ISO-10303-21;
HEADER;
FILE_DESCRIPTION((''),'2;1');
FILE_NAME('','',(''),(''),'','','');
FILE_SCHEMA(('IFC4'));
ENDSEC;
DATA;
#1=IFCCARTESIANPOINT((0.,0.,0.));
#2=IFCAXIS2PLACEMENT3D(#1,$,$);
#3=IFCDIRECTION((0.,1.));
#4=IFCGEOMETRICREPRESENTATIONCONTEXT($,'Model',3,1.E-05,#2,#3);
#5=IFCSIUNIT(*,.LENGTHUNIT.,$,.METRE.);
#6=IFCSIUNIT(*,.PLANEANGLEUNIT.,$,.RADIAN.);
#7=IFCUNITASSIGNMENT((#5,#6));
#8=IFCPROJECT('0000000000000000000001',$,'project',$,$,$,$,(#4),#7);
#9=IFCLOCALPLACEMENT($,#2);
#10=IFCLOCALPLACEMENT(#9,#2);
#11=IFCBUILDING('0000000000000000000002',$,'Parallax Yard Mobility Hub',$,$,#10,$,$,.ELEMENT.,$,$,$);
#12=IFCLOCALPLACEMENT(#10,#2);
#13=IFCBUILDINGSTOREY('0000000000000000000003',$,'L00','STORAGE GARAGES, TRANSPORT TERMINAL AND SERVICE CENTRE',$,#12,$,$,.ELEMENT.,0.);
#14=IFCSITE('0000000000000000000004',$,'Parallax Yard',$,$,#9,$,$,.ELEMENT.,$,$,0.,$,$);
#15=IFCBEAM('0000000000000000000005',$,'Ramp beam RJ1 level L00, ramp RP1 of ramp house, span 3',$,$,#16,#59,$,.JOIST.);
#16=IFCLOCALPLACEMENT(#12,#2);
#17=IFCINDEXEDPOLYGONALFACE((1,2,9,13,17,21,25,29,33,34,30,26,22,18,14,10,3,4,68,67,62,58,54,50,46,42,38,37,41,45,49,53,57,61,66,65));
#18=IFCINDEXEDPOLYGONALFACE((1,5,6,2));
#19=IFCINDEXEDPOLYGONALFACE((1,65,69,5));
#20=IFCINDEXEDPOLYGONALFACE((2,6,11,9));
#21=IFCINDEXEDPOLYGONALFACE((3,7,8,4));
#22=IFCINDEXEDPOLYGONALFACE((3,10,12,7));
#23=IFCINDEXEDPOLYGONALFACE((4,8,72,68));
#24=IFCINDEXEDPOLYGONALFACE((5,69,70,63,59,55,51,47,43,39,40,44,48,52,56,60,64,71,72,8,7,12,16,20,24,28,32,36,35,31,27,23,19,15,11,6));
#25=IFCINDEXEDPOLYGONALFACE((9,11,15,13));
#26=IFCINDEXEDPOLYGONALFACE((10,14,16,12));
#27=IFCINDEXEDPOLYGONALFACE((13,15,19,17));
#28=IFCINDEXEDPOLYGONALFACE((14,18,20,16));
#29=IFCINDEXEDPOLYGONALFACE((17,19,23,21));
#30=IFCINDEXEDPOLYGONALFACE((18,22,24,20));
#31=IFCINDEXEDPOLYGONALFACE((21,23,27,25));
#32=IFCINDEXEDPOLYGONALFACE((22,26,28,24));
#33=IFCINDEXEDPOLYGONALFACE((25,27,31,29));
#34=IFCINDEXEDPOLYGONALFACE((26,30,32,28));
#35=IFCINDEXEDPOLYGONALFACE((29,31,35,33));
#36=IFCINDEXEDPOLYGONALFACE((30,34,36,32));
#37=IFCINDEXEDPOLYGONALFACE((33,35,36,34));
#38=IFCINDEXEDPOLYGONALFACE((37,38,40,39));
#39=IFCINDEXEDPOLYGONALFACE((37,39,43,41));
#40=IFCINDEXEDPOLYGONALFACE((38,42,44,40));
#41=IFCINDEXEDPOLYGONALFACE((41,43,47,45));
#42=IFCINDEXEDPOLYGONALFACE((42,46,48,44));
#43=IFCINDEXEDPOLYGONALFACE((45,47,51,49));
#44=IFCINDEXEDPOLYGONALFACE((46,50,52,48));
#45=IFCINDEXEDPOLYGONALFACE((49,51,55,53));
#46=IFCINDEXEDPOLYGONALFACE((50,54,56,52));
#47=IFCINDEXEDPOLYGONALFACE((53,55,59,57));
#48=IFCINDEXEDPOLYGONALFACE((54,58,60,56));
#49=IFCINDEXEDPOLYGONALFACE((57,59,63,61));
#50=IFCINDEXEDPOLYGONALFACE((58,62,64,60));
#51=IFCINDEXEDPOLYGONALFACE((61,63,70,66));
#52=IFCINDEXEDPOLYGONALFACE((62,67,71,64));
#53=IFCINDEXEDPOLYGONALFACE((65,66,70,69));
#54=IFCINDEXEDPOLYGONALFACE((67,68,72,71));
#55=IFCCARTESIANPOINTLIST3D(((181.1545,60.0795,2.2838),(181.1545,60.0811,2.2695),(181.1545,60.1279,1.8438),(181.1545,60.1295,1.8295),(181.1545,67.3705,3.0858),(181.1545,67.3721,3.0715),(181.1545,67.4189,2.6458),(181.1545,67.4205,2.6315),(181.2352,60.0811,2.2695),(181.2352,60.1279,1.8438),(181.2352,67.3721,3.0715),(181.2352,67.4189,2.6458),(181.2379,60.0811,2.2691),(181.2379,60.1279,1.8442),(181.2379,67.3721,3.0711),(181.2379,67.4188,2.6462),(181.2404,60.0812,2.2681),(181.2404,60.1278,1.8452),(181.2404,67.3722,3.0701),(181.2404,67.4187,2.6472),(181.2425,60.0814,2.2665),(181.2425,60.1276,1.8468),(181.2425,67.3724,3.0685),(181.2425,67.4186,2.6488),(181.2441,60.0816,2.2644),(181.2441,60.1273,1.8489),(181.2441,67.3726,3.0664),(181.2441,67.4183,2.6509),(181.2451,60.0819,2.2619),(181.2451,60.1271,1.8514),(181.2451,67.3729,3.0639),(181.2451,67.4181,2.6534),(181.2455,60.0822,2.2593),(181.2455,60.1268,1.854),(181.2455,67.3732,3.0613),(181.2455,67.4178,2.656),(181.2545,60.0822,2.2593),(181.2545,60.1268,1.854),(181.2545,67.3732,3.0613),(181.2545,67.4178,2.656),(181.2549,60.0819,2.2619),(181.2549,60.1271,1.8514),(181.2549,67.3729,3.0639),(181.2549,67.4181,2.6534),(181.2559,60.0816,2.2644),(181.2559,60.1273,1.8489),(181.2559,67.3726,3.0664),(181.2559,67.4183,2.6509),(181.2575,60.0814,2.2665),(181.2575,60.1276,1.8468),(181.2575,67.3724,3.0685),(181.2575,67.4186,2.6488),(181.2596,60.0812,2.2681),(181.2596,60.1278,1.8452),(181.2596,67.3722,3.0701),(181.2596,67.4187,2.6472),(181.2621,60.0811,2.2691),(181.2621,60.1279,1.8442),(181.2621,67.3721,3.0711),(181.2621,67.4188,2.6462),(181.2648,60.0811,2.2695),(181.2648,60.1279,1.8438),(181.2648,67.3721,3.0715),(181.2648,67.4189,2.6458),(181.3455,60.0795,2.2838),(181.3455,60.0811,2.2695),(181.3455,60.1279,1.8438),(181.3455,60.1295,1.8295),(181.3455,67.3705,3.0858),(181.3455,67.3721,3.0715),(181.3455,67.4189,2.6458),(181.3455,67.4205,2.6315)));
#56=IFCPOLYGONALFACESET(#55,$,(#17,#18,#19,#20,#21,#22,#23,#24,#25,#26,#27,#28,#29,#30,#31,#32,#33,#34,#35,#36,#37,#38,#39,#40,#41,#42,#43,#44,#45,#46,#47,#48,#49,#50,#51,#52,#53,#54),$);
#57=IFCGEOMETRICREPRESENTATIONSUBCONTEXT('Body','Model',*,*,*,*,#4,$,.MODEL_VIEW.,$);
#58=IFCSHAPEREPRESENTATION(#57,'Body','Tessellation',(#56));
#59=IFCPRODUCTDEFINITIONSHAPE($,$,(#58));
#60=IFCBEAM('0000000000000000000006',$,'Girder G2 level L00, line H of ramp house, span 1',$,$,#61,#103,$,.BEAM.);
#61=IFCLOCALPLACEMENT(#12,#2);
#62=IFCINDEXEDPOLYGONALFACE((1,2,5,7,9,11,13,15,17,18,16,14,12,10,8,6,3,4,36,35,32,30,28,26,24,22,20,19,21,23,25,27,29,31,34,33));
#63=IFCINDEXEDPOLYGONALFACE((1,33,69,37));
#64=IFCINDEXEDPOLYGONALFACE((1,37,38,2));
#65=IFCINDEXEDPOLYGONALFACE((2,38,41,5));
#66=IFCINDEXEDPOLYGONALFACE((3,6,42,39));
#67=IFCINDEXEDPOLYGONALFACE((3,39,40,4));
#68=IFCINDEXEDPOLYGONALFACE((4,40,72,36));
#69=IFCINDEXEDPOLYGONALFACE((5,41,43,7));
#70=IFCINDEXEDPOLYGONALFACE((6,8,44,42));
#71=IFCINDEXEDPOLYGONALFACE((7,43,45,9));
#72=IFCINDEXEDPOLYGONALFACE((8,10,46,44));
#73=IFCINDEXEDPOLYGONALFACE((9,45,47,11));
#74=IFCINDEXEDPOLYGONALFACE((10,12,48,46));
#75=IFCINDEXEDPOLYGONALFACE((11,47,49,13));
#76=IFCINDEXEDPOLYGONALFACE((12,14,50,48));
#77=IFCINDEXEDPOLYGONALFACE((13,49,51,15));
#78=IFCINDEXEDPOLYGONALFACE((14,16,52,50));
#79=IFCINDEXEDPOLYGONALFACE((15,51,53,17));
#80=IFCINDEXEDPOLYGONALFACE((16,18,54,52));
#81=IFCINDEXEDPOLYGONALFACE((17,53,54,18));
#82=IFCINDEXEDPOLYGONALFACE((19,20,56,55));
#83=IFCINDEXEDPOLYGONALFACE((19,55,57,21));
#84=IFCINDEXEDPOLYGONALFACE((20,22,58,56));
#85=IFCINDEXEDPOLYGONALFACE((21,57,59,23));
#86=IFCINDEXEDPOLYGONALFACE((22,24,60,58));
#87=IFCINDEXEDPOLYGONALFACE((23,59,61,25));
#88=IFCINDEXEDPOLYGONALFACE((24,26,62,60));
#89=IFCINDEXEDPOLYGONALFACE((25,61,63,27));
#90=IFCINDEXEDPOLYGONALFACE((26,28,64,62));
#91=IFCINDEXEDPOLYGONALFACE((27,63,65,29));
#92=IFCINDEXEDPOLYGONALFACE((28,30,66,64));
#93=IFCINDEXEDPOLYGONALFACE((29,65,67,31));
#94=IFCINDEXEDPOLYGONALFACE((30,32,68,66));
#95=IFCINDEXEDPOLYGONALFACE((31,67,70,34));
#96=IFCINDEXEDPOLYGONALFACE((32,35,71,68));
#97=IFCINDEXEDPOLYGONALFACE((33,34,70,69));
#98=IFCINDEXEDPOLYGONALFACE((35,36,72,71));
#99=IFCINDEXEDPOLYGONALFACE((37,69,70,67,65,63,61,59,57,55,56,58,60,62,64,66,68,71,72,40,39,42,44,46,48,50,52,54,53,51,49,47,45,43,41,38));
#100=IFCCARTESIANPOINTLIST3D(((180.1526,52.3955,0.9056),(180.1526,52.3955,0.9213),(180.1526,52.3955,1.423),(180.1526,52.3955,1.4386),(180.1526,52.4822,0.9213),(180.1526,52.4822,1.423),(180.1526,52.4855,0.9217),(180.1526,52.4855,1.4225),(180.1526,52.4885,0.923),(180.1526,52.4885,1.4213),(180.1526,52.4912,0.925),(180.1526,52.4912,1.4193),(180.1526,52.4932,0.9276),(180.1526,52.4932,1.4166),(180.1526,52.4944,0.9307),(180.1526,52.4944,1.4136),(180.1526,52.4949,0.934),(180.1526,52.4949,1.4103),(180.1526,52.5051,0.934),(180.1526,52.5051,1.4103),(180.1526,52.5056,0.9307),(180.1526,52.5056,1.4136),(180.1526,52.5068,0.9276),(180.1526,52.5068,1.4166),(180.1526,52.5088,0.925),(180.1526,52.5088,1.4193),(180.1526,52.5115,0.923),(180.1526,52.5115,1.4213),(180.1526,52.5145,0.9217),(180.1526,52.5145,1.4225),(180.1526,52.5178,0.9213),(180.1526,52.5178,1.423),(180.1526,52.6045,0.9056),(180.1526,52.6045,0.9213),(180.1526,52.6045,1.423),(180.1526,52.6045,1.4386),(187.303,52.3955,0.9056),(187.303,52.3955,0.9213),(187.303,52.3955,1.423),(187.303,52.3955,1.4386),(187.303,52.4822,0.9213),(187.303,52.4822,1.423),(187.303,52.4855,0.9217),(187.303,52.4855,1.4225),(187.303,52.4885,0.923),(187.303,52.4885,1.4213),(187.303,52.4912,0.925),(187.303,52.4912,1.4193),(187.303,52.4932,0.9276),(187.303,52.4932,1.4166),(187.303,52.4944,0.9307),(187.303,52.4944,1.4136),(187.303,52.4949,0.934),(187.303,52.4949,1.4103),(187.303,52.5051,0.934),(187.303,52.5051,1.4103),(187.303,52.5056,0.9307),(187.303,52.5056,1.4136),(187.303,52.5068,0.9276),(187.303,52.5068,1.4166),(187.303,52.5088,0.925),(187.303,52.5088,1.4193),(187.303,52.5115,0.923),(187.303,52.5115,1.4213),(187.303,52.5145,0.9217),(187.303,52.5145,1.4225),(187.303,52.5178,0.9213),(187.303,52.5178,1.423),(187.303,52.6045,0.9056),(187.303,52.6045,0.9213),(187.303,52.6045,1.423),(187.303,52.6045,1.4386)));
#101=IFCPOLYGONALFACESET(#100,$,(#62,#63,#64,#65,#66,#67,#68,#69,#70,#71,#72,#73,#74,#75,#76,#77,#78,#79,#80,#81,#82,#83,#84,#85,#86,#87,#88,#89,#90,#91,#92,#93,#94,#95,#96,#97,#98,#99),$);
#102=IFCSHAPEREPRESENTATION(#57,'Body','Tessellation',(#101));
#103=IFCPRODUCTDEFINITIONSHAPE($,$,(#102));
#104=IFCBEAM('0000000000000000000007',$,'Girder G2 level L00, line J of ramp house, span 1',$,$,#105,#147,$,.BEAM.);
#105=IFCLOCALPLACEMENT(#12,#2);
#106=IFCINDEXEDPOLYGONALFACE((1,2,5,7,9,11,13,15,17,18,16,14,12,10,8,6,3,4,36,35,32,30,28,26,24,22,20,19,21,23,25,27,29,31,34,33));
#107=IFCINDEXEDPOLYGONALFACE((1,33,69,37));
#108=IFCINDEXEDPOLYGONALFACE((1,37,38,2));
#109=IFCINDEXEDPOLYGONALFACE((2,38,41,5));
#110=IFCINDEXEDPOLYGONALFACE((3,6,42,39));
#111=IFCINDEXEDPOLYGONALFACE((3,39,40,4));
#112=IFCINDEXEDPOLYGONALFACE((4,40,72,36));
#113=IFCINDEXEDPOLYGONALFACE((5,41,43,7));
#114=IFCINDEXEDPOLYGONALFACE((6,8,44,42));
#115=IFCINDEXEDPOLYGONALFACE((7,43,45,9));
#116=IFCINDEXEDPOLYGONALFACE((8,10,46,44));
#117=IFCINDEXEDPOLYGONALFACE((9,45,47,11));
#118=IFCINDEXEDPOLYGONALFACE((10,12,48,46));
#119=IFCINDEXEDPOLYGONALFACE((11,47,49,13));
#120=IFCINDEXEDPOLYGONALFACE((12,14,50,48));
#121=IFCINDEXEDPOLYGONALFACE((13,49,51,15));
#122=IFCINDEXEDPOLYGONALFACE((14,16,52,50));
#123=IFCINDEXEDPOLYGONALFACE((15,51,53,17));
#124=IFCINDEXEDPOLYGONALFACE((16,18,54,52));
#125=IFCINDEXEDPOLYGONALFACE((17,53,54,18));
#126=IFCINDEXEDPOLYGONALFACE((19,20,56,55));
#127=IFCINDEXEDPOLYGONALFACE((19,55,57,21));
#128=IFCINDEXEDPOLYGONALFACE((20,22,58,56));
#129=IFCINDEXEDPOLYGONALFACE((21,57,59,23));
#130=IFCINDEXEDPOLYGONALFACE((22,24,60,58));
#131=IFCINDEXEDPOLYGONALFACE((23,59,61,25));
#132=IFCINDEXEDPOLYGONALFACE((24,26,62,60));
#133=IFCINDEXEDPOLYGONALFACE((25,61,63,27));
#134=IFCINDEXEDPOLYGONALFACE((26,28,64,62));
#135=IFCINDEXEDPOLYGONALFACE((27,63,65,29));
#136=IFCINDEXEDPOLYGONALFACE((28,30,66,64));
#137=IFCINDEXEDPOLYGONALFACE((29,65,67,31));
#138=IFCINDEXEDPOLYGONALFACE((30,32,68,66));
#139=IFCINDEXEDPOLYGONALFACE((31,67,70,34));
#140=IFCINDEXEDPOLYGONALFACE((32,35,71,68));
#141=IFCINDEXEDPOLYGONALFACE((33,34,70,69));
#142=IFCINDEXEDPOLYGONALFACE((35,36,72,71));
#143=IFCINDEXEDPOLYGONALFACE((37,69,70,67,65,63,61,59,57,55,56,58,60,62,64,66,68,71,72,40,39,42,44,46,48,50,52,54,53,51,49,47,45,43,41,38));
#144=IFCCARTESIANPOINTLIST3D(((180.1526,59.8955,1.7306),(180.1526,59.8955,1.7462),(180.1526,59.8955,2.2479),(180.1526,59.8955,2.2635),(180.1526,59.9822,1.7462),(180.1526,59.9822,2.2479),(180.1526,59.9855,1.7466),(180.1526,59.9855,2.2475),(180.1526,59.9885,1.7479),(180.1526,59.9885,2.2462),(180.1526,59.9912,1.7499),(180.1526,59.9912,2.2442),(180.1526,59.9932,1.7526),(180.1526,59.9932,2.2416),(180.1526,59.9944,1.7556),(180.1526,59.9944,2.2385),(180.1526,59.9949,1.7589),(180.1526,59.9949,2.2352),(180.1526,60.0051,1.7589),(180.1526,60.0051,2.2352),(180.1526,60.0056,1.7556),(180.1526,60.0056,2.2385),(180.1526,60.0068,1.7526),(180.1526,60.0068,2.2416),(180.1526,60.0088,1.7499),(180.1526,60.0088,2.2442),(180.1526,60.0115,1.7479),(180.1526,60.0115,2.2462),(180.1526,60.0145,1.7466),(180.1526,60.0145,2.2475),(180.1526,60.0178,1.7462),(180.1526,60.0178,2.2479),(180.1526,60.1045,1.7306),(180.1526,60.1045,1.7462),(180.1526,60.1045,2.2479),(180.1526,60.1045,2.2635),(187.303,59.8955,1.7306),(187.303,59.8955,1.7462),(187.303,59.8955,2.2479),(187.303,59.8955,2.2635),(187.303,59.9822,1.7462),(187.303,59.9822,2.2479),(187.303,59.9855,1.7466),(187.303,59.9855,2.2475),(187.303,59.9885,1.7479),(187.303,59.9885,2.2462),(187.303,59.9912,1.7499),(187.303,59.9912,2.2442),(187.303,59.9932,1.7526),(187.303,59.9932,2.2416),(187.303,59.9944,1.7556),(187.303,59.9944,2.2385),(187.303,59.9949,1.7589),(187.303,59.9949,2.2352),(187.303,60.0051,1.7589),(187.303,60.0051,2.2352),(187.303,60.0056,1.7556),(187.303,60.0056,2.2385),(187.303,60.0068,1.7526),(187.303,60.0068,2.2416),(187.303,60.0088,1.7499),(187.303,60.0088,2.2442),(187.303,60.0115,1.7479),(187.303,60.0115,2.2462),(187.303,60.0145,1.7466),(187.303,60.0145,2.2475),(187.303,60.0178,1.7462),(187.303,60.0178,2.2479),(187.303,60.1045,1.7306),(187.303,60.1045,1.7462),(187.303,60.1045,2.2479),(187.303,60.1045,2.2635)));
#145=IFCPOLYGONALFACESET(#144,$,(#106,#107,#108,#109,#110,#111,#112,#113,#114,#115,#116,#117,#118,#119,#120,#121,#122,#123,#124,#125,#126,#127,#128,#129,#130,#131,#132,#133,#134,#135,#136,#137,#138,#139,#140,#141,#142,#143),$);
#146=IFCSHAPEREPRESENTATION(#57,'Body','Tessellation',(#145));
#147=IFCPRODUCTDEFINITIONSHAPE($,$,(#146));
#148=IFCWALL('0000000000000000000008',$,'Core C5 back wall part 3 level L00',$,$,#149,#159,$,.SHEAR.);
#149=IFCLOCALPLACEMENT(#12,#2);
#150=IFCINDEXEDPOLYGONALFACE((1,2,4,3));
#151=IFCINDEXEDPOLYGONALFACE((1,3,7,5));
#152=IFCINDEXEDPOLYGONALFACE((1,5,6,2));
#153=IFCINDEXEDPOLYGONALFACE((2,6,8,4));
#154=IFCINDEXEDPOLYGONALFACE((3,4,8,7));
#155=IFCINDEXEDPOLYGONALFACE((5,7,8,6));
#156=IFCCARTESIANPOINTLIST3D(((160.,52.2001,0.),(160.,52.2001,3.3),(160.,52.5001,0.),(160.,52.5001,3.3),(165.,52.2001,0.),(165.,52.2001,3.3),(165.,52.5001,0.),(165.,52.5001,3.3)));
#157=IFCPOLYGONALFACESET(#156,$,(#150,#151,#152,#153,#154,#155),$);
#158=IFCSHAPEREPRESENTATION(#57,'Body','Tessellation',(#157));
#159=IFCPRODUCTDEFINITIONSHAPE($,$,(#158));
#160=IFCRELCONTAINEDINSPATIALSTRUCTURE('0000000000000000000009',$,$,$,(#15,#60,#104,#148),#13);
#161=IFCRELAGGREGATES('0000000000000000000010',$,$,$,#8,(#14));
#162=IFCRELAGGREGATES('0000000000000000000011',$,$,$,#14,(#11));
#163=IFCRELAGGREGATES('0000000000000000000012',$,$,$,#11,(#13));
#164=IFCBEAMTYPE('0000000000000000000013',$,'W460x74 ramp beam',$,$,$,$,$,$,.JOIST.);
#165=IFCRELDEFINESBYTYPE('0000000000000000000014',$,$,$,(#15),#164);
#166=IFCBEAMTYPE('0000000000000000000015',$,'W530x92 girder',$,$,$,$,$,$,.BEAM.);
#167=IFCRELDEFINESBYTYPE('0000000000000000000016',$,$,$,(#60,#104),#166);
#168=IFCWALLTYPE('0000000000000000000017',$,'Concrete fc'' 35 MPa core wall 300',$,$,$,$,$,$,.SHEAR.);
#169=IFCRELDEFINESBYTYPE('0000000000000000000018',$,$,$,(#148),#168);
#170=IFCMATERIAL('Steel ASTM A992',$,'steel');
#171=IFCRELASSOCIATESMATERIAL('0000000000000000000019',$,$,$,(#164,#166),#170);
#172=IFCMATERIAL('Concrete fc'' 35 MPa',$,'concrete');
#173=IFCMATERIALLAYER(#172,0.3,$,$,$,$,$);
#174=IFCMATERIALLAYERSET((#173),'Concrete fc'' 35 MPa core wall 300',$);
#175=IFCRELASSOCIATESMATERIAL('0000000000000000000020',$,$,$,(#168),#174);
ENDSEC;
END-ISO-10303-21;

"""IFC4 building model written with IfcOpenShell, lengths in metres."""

from ifc_helpers import new_model, si_unit, direction, frame, frame_2d, origin, origin_2d, place, context, subcontext, project, spatial, rectangle, i_section, extrude, material, layer, layer_set, material_profile, profile_set, type_object, element, save


model = new_model("IFC4")

# Units and contexts
model_context = context("Model", 3, precision=1e-05, world=origin(), true_north=direction((0.0, 1.0)))
body_context = subcontext(model_context, "Body", "Model", "MODEL_VIEW")
ifc_project = project(units=[si_unit("LENGTHUNIT", "METRE"), si_unit("PLANEANGLEUNIT", "RADIAN")], contexts=[model_context])

# Site, building, storey
site_placement = place(None, origin())
site = spatial("IfcSite", under=ifc_project, at=site_placement, Name="Parallax Yard", CompositionType="ELEMENT", RefElevation=0.0)
building_placement = place(site_placement, origin())
building = spatial("IfcBuilding", under=site, at=building_placement, Name="Parallax Yard Mobility Hub", CompositionType="ELEMENT")
storey_placement = place(building_placement, origin())
storey = spatial("IfcBuildingStorey", under=building, at=storey_placement, Name="L00", Description="STORAGE GARAGES, TRANSPORT TERMINAL AND SERVICE CENTRE", CompositionType="ELEMENT", Elevation=0.0)

# Shared definitions
ifc_material_1 = material(Name="Steel ASTM A992", Category="steel")

# Beams
ifc_material_profile_1 = material_profile(ifc_material_1, i_section(OverallWidth=0.1909, OverallDepth=0.457, WebThickness=0.009, FlangeThickness=0.0144, FilletRadius=0.0103, at=origin_2d()), Name="W460x74")
ifc_profile_set_1 = profile_set([ifc_material_profile_1], Name="Steel ASTM A992")
beam_type_1 = type_object("IfcBeamType", Name="W460x74 ramp beam", PredefinedType="JOIST", material=ifc_profile_set_1)
for number, where, z_axis, x_axis, name in (
    (1, (181.25, 60.1045, 2.0566), (0.0, 0.994005, 0.109339), (-1.0, 0.0, 0.0), "Ramp beam RJ1 level L00, ramp RP1 of ramp house, span 3"),
):
    element("IfcBeam", number, at=place(storey_placement, frame(where, z_axis=z_axis, x_axis=x_axis)), inside=storey, type_object=beam_type_1, Name=name, PredefinedType="JOIST", context=body_context, shape_type="SweptSolid", body=[
        extrude(i_section(OverallWidth=0.1909, OverallDepth=0.457, WebThickness=0.009, FlangeThickness=0.0144, FilletRadius=0.0103, at=origin_2d()), origin(), (0.0, 0.0, 1.0), 7.335),
    ])
ifc_material_profile_2 = material_profile(ifc_material_1, i_section(OverallWidth=0.209, OverallDepth=0.533, WebThickness=0.0103, FlangeThickness=0.0156, FilletRadius=0.0127, at=origin_2d()), Name="W530x92")
ifc_profile_set_2 = profile_set([ifc_material_profile_2], Name="Steel ASTM A992")
beam_type_2 = type_object("IfcBeamType", Name="W530x92 girder", PredefinedType="BEAM", material=ifc_profile_set_2)
for number, where, z_axis, x_axis, name in (
    (2, (180.1526, 52.5, 1.1721), (1.0, 0.0, 0.0), (0.0, 1.0, 0.0), "Girder G2 level L00, line H of ramp house, span 1"),
    (3, (180.1526, 60.0, 1.9971), (1.0, 0.0, 0.0), (0.0, 1.0, 0.0), "Girder G2 level L00, line J of ramp house, span 1"),
):
    element("IfcBeam", number, at=place(storey_placement, frame(where, z_axis=z_axis, x_axis=x_axis)), inside=storey, type_object=beam_type_2, Name=name, PredefinedType="BEAM", context=body_context, shape_type="SweptSolid", body=[
        extrude(i_section(OverallWidth=0.209, OverallDepth=0.533, WebThickness=0.0103, FlangeThickness=0.0156, FilletRadius=0.0127, at=origin_2d()), origin(), (0.0, 0.0, 1.0), 7.1504),
    ])

# Wall
ifc_material_2 = material(Name="Concrete fc' 35 MPa", Category="concrete")
ifc_layer_1 = layer(ifc_material_2, 0.3)
ifc_layer_set_1 = layer_set([ifc_layer_1], Name="Concrete fc' 35 MPa core wall 300")
wall_type_1 = type_object("IfcWallType", Name="Concrete fc' 35 MPa core wall 300", PredefinedType="SHEAR", material=ifc_layer_set_1)
wall_1_placement = place(storey_placement, frame((160.0, 52.3501, 0.0), z_axis=(0.0, 0.0, 1.0), x_axis=(1.0, 0.0, 0.0)))
element("IfcWall", 4, at=wall_1_placement, inside=storey, type_object=wall_type_1, Name="Core C5 back wall part 3 level L00", PredefinedType="SHEAR", context=body_context, shape_type="SweptSolid", body=[
    extrude(rectangle(XDim=5.0, YDim=0.3, at=frame_2d((2.5, 0.0))), origin(), (0.0, 0.0, 1.0), 3.3),
])

save(model, "model.ifc")
